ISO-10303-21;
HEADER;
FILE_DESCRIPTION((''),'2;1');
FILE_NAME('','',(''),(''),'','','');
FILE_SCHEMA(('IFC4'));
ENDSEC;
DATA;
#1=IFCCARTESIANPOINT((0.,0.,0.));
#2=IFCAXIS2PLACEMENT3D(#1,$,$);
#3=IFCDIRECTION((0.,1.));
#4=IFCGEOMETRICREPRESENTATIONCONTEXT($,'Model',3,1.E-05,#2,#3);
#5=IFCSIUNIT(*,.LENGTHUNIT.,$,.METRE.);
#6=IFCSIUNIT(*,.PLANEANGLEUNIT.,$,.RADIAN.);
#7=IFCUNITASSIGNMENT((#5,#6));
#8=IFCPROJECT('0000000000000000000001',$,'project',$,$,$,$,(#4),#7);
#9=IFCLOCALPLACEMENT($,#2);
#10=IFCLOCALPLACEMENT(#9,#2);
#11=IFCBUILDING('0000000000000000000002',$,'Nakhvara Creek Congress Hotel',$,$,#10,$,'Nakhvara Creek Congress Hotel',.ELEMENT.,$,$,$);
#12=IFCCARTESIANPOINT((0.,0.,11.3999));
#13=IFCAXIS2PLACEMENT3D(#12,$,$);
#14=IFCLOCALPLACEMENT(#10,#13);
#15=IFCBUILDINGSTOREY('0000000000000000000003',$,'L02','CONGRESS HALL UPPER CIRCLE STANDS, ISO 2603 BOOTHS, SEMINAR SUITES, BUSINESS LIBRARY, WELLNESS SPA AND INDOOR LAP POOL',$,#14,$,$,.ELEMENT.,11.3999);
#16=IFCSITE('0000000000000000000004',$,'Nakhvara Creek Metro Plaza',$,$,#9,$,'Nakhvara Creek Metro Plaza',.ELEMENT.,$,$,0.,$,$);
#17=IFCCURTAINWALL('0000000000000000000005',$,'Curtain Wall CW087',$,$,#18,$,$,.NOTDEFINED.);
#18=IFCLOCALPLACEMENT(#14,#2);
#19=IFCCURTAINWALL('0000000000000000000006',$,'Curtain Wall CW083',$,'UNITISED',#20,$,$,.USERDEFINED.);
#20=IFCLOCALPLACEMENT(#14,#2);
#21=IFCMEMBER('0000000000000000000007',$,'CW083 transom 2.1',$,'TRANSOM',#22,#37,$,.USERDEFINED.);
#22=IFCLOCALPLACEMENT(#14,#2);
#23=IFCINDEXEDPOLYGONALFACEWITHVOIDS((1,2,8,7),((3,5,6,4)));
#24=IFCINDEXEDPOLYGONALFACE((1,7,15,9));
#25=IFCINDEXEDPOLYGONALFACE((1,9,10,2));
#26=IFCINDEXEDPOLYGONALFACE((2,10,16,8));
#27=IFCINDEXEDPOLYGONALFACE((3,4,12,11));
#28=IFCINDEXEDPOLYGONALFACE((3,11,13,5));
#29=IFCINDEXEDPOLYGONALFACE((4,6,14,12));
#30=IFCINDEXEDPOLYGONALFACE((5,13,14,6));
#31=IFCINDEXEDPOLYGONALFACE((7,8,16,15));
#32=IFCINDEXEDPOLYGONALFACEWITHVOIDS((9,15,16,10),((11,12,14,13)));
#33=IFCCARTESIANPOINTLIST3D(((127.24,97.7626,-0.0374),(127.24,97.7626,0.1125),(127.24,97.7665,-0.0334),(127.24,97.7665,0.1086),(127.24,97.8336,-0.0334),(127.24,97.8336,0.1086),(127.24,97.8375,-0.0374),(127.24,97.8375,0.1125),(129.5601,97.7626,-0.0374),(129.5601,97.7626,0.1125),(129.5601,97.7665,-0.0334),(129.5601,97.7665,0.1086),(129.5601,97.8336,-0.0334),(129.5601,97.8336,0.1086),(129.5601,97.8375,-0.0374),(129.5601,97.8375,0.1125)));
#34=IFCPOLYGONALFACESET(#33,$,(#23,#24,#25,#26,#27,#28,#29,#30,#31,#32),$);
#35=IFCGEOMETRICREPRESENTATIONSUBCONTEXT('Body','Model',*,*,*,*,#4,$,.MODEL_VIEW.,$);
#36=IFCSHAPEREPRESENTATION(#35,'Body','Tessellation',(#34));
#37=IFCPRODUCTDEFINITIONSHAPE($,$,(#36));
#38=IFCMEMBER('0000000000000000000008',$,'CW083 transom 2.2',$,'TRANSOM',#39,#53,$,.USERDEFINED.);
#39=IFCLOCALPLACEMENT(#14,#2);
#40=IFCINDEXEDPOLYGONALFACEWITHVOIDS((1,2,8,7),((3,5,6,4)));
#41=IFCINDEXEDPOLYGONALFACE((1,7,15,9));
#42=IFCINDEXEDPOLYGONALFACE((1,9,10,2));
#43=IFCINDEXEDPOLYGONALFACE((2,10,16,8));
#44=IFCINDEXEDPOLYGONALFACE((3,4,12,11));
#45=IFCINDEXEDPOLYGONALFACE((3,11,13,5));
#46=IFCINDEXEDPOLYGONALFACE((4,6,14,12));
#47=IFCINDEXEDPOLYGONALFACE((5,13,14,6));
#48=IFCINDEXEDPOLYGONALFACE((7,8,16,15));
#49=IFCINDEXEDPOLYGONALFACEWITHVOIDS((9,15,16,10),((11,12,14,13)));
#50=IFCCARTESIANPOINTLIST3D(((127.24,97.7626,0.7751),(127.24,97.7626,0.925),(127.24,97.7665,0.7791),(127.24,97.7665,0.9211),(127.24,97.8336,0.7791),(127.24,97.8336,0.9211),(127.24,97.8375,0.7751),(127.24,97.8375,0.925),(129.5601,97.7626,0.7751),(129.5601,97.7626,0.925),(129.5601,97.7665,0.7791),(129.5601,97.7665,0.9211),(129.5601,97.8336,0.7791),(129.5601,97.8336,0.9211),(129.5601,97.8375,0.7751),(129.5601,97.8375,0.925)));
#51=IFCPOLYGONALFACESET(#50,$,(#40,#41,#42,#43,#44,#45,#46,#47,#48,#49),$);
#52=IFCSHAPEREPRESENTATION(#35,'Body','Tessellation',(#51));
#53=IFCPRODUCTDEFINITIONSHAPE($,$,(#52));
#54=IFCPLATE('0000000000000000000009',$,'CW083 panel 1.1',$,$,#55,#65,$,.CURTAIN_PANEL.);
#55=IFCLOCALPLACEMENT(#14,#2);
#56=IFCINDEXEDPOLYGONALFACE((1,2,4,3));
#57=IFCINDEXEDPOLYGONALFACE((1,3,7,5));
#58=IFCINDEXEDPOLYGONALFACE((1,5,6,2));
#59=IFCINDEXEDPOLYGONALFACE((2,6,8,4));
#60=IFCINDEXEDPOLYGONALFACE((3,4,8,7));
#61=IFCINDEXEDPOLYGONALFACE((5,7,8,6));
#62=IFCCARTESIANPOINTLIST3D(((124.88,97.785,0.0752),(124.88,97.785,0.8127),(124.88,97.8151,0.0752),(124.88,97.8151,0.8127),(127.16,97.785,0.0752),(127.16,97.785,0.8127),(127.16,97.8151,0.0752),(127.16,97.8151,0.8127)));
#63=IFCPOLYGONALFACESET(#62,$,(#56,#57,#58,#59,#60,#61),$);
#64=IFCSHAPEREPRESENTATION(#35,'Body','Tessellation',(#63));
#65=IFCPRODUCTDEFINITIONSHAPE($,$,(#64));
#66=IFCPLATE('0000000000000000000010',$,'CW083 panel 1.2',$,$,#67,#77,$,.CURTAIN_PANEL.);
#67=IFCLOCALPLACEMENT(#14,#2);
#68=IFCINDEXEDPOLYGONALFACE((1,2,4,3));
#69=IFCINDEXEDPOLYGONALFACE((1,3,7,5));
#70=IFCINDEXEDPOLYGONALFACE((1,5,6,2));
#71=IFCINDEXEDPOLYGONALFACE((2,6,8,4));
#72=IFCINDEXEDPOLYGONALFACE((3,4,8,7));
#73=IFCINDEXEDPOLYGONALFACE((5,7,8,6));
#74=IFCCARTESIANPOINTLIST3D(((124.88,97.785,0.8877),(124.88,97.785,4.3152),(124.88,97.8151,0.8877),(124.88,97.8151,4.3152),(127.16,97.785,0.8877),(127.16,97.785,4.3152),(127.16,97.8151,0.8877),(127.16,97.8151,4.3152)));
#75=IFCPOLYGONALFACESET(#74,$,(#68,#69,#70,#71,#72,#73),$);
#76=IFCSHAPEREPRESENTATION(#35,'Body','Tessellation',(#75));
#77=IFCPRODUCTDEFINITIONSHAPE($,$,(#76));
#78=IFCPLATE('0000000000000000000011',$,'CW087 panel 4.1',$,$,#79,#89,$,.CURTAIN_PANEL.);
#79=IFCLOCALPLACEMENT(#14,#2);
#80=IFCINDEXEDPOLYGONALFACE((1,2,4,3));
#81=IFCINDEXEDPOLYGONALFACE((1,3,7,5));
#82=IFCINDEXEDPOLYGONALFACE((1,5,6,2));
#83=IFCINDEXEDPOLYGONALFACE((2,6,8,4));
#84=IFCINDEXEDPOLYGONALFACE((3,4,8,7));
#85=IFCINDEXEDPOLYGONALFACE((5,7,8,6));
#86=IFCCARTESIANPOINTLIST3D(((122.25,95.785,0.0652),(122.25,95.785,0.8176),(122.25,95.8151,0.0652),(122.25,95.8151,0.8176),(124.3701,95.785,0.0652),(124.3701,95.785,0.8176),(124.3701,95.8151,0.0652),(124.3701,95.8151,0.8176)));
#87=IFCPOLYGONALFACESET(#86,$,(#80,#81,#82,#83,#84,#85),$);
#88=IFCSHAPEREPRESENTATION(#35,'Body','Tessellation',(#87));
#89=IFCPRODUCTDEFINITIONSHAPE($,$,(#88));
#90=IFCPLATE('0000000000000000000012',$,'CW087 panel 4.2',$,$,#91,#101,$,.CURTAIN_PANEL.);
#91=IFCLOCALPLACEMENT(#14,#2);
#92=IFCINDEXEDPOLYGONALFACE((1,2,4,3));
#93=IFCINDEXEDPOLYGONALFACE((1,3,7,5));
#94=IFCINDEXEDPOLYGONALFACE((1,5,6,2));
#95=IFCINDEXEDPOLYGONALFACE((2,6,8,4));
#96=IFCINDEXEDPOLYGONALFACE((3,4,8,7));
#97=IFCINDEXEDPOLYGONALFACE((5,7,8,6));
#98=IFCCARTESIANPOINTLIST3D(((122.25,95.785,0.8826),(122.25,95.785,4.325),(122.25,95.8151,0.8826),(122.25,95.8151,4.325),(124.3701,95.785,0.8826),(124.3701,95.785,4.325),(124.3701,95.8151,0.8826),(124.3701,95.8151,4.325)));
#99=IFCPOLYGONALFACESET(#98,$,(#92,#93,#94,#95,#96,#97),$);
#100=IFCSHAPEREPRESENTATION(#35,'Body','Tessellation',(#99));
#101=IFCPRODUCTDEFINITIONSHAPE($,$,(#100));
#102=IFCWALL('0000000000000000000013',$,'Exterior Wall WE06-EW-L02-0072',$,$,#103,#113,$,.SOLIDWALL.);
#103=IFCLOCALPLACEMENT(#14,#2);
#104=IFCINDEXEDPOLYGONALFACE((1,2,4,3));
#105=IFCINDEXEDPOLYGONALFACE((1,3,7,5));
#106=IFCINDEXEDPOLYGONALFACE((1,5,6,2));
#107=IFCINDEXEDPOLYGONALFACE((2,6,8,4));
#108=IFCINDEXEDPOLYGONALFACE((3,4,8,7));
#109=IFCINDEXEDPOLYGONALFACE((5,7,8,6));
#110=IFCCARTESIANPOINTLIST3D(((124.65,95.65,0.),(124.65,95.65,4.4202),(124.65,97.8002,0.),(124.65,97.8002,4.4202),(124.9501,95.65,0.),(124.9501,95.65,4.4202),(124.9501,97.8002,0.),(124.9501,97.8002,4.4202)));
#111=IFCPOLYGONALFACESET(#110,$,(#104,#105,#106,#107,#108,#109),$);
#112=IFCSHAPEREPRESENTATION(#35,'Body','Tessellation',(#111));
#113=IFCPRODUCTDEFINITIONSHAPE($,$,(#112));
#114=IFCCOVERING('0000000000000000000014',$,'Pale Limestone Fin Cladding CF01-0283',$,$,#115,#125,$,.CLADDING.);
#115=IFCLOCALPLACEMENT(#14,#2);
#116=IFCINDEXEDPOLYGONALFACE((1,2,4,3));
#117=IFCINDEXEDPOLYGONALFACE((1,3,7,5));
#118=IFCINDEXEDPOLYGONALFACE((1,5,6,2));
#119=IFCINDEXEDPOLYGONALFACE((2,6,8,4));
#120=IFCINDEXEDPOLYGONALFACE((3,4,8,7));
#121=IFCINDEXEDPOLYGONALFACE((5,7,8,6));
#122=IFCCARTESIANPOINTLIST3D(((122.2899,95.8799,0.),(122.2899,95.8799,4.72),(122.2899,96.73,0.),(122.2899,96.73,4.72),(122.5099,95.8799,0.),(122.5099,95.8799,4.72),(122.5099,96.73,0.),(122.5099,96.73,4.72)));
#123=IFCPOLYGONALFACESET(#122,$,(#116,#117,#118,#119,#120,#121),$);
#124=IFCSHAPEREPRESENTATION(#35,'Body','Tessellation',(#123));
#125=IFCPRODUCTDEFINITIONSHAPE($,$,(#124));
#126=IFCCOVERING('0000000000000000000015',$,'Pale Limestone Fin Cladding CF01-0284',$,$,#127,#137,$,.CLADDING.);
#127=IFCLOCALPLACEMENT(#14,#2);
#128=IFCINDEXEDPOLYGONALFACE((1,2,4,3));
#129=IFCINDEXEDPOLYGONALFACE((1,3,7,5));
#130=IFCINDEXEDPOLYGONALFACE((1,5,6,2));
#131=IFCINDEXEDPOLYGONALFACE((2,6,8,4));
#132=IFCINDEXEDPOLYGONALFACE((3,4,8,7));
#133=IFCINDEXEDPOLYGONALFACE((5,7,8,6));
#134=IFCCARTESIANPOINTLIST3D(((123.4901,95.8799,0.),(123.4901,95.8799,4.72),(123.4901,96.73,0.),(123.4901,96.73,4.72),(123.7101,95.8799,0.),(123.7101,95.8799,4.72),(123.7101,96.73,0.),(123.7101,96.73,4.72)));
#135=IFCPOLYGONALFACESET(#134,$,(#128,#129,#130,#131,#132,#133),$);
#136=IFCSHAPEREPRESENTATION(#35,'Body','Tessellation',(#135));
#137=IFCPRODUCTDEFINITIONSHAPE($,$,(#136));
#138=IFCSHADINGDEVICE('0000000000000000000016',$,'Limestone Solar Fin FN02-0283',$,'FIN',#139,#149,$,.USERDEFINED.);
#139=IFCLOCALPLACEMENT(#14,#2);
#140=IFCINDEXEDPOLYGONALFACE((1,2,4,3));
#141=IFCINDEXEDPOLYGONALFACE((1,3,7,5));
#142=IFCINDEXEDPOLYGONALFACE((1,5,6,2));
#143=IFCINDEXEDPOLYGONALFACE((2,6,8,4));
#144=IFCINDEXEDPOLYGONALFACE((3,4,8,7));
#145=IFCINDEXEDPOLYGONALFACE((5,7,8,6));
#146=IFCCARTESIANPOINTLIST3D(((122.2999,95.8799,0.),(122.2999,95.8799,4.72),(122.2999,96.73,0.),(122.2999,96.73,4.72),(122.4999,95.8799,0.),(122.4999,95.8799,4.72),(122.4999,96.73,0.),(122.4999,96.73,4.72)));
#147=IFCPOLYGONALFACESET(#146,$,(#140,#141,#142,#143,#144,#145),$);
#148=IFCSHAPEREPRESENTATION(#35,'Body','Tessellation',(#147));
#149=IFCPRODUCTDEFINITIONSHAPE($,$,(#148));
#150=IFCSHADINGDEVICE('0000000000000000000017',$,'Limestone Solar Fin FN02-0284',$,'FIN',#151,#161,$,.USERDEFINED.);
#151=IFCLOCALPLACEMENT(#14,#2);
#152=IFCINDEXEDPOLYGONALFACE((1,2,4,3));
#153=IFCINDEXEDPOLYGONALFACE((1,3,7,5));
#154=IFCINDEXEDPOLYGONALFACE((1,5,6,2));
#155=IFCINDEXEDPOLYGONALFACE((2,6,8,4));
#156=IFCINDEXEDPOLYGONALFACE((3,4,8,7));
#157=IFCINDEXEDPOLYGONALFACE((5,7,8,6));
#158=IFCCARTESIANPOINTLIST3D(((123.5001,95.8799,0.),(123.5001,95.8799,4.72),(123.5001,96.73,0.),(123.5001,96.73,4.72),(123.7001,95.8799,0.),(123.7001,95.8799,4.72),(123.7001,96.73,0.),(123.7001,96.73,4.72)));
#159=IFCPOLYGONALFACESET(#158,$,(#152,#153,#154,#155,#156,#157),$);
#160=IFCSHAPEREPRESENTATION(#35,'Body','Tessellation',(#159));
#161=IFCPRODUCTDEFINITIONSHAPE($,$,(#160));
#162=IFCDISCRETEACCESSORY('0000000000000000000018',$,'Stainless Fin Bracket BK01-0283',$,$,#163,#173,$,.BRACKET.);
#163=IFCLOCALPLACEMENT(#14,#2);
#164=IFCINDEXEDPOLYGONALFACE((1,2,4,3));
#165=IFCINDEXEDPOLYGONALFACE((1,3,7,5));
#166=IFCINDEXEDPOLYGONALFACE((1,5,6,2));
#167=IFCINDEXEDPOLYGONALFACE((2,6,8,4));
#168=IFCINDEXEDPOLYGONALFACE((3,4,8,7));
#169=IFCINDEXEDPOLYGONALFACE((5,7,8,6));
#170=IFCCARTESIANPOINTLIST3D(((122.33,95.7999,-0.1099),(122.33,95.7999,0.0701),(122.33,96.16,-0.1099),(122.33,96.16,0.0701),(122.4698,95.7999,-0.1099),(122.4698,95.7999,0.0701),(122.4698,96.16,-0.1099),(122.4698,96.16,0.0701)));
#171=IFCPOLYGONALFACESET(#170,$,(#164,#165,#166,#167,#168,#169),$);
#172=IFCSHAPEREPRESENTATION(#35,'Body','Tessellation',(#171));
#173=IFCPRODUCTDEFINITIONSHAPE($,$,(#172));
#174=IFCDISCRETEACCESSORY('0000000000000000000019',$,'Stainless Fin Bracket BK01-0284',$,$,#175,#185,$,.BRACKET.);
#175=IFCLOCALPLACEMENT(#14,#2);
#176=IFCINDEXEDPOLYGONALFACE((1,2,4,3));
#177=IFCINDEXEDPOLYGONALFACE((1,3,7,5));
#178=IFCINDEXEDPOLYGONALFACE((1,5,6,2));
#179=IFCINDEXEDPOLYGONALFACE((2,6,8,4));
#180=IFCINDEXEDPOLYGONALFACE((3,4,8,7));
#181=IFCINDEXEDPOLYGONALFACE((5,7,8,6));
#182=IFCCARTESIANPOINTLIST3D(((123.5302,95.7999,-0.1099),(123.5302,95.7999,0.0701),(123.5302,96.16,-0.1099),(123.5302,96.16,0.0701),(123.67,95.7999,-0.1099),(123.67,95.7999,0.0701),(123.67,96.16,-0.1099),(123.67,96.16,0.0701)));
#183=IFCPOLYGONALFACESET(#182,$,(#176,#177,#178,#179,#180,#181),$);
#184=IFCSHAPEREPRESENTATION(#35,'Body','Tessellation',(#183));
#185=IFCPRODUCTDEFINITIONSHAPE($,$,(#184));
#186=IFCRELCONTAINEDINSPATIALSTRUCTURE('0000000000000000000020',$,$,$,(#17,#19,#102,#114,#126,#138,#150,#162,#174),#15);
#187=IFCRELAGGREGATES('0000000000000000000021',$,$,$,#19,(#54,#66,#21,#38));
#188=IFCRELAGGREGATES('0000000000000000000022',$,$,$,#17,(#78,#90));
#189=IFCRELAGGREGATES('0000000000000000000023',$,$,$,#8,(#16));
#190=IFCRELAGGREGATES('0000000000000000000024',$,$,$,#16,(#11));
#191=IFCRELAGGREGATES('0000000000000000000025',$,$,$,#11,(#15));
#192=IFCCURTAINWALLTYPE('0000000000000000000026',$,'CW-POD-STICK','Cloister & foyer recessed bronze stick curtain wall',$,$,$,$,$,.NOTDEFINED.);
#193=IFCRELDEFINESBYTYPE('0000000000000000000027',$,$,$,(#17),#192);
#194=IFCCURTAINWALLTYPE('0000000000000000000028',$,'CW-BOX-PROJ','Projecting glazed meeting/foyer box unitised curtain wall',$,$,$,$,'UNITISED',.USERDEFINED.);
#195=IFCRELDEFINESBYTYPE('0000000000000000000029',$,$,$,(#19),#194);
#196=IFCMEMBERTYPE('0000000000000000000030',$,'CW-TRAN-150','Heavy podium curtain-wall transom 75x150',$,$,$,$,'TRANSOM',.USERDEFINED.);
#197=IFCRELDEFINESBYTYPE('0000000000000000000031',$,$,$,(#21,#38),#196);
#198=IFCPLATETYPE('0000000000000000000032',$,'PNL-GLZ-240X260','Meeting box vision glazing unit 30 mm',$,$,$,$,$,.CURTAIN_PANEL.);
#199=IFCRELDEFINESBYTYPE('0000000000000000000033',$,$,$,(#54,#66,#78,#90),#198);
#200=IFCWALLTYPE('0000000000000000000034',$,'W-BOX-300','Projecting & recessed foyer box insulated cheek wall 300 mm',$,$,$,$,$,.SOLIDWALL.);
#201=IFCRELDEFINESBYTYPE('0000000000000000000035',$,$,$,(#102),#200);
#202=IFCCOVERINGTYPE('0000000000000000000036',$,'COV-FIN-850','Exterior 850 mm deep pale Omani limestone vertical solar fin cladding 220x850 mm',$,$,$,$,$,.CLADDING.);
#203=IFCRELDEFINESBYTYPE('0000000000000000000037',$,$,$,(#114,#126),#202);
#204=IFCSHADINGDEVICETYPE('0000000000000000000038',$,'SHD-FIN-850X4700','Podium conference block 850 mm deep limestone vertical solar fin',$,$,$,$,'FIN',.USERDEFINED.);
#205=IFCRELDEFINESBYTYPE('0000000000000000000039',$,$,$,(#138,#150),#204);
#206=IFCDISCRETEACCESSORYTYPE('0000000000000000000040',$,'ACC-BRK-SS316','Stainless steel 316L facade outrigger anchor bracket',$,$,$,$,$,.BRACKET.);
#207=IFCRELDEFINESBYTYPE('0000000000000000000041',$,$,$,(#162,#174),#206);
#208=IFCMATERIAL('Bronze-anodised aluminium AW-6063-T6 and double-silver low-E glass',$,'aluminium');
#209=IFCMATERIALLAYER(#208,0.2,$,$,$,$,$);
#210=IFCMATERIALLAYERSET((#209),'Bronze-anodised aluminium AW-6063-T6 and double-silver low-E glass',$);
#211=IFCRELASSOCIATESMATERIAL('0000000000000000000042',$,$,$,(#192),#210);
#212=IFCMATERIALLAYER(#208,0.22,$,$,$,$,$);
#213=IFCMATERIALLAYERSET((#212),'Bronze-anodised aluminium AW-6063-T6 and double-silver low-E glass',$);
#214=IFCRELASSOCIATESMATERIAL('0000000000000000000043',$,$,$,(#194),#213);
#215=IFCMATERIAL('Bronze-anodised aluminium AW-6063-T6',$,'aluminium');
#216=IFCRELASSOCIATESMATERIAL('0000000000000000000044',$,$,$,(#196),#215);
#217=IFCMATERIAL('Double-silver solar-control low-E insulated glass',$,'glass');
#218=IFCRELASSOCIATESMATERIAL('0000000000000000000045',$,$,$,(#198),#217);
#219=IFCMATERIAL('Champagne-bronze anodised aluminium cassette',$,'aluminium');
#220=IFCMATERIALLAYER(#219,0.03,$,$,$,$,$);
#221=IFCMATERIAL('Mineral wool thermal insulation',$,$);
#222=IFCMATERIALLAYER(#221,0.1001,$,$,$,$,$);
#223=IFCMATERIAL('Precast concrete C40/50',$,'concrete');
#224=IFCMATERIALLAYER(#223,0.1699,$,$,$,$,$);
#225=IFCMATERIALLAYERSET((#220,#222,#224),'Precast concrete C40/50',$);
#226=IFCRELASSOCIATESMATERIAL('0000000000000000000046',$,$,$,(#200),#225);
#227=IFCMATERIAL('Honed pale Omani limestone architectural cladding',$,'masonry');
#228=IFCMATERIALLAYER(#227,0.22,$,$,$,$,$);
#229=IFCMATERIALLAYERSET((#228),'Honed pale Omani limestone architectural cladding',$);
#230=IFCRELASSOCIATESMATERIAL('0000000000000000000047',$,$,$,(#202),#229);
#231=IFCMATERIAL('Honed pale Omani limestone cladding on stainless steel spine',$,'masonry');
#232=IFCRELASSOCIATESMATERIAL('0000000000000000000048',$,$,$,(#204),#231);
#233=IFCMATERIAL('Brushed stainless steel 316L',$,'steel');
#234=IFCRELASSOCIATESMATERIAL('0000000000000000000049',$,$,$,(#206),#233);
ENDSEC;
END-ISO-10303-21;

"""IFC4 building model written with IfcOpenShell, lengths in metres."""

from ifc_helpers import new_model, si_unit, direction, frame, frame_2d, origin, origin_2d, place, context, subcontext, project, spatial, rectangle, hollow_rectangle, extrude, material, layer, layer_set, material_profile, profile_set, type_object, element, aggregate, save


model = new_model("IFC4")

# Units and contexts
model_context = context("Model", 3, precision=1e-05, world=origin(), true_north=direction((0.0, 1.0)))
body_context = subcontext(model_context, "Body", "Model", "MODEL_VIEW")
ifc_project = project(units=[si_unit("LENGTHUNIT", "METRE"), si_unit("PLANEANGLEUNIT", "RADIAN")], contexts=[model_context])

# Site, building, storey
site_placement = place(None, origin())
site = spatial("IfcSite", under=ifc_project, at=site_placement, Name="Nakhvara Creek Metro Plaza", LongName="Nakhvara Creek Metro Plaza", CompositionType="ELEMENT", RefElevation=0.0)
building_placement = place(site_placement, origin())
building = spatial("IfcBuilding", under=site, at=building_placement, Name="Nakhvara Creek Congress Hotel", LongName="Nakhvara Creek Congress Hotel", CompositionType="ELEMENT")
storey_placement = place(building_placement, frame((0.0, 0.0, 11.3999)))
storey = spatial("IfcBuildingStorey", under=building, at=storey_placement, Name="L02", Description="CONGRESS HALL UPPER CIRCLE STANDS, ISO 2603 BOOTHS, SEMINAR SUITES, BUSINESS LIBRARY, WELLNESS SPA AND INDOOR LAP POOL", CompositionType="ELEMENT", Elevation=11.3999)

# Curtain wall
ifc_material_1 = material(Name="Bronze-anodised aluminium AW-6063-T6 and double-silver low-E glass", Category="aluminium")
ifc_layer_1 = layer(ifc_material_1, 0.2)
ifc_layer_set_1 = layer_set([ifc_layer_1], Name="Bronze-anodised aluminium AW-6063-T6 and double-silver low-E glass")
curtain_wall_type_1 = type_object("IfcCurtainWallType", Name="CW-POD-STICK", Description="Cloister & foyer recessed bronze stick curtain wall", PredefinedType="NOTDEFINED", material=ifc_layer_set_1)
curtain_wall_1_placement = place(storey_placement, origin())
curtain_wall_1 = element("IfcCurtainWall", 1, at=curtain_wall_1_placement, inside=storey, type_object=curtain_wall_type_1, Name="Curtain Wall CW087", PredefinedType="NOTDEFINED")
ifc_material_2 = material(Name="Bronze-anodised aluminium AW-6063-T6", Category="aluminium")

# Curtain wall
ifc_layer_2 = layer(ifc_material_1, 0.22)
ifc_layer_set_2 = layer_set([ifc_layer_2], Name="Bronze-anodised aluminium AW-6063-T6 and double-silver low-E glass")
curtain_wall_type_2 = type_object("IfcCurtainWallType", Name="CW-BOX-PROJ", Description="Projecting glazed meeting/foyer box unitised curtain wall", ElementType="UNITISED", PredefinedType="USERDEFINED", material=ifc_layer_set_2)
curtain_wall_2_placement = place(storey_placement, origin())
curtain_wall_2 = element("IfcCurtainWall", 2, at=curtain_wall_2_placement, inside=storey, type_object=curtain_wall_type_2, Name="Curtain Wall CW083", ObjectType="UNITISED", PredefinedType="USERDEFINED")

# Members
ifc_material_profile_1 = material_profile(ifc_material_2, hollow_rectangle(XDim=0.075, YDim=0.1499, WallThickness=0.0039, at=origin_2d()), Name="ALU-TRAN 75x150x4", Category="LoadBearing")
ifc_profile_set_1 = profile_set([ifc_material_profile_1], Name="Bronze-anodised aluminium AW-6063-T6")
member_type_1 = type_object("IfcMemberType", Name="CW-TRAN-150", Description="Heavy podium curtain-wall transom 75x150", ElementType="TRANSOM", PredefinedType="USERDEFINED", material=ifc_profile_set_1)
member_1_placement = place(storey_placement, frame((127.24, 97.8, 0.0376), z_axis=(1.0, 0.0, 0.0), x_axis=(0.0, 1.0, 0.0)))
member_1 = element("IfcMember", 3, at=member_1_placement, type_object=member_type_1, Name="CW083 transom 2.1", ObjectType="TRANSOM", PredefinedType="USERDEFINED", context=body_context, shape_type="SweptSolid", body=[
    extrude(hollow_rectangle(XDim=0.075, YDim=0.1499, WallThickness=0.0039, at=origin_2d()), origin(), (0.0, 0.0, 1.0), 2.3201),
])
member_2_placement = place(storey_placement, frame((127.24, 97.8, 0.8501), z_axis=(1.0, 0.0, 0.0), x_axis=(0.0, 1.0, 0.0)))
member_2 = element("IfcMember", 4, at=member_2_placement, type_object=member_type_1, Name="CW083 transom 2.2", ObjectType="TRANSOM", PredefinedType="USERDEFINED", context=body_context, shape_type="SweptSolid", body=[
    extrude(hollow_rectangle(XDim=0.075, YDim=0.1499, WallThickness=0.0039, at=origin_2d()), origin(), (0.0, 0.0, 1.0), 2.3201),
])

# Plates
ifc_material_3 = material(Name="Double-silver solar-control low-E insulated glass", Category="glass")
plate_type = type_object("IfcPlateType", Name="PNL-GLZ-240X260", Description="Meeting box vision glazing unit 30 mm", PredefinedType="CURTAIN_PANEL", material=ifc_material_3)
plate_1_placement = place(storey_placement, frame((126.02, 97.8, 0.0752), z_axis=(0.0, 0.0, 1.0), x_axis=(1.0, 0.0, 0.0)))
plate_1 = element("IfcPlate", 5, at=plate_1_placement, type_object=plate_type, Name="CW083 panel 1.1", PredefinedType="CURTAIN_PANEL", context=body_context, shape_type="SweptSolid", body=[
    extrude(rectangle(XDim=2.28, YDim=0.03, at=origin_2d()), origin(), (0.0, 0.0, 1.0), 0.7375),
])
plate_2_placement = place(storey_placement, frame((126.02, 97.8, 0.8877), z_axis=(0.0, 0.0, 1.0), x_axis=(1.0, 0.0, 0.0)))
plate_2 = element("IfcPlate", 6, at=plate_2_placement, type_object=plate_type, Name="CW083 panel 1.2", PredefinedType="CURTAIN_PANEL", context=body_context, shape_type="SweptSolid", body=[
    extrude(rectangle(XDim=2.28, YDim=0.03, at=origin_2d()), origin(), (0.0, 0.0, 1.0), 3.4275),
])
aggregate(curtain_wall_2, [plate_1, plate_2, member_1, member_2])
plate_3_placement = place(storey_placement, frame((123.3101, 95.8, 0.0652), z_axis=(0.0, 0.0, 1.0), x_axis=(1.0, 0.0, 0.0)))
plate_3 = element("IfcPlate", 7, at=plate_3_placement, type_object=plate_type, Name="CW087 panel 4.1", PredefinedType="CURTAIN_PANEL", context=body_context, shape_type="SweptSolid", body=[
    extrude(rectangle(XDim=2.1201, YDim=0.03, at=origin_2d()), origin(), (0.0, 0.0, 1.0), 0.7524),
])
plate_4_placement = place(storey_placement, frame((123.3101, 95.8, 0.8826), z_axis=(0.0, 0.0, 1.0), x_axis=(1.0, 0.0, 0.0)))
plate_4 = element("IfcPlate", 8, at=plate_4_placement, type_object=plate_type, Name="CW087 panel 4.2", PredefinedType="CURTAIN_PANEL", context=body_context, shape_type="SweptSolid", body=[
    extrude(rectangle(XDim=2.1201, YDim=0.03, at=origin_2d()), origin(), (0.0, 0.0, 1.0), 3.4424),
])
aggregate(curtain_wall_1, [plate_3, plate_4])

# Wall
ifc_material_4 = material(Name="Champagne-bronze anodised aluminium cassette", Category="aluminium")
ifc_layer_3 = layer(ifc_material_4, 0.03)
ifc_material_5 = material(Name="Mineral wool thermal insulation")
ifc_layer_4 = layer(ifc_material_5, 0.1001)
ifc_material_6 = material(Name="Precast concrete C40/50", Category="concrete")
ifc_layer_5 = layer(ifc_material_6, 0.1699)
ifc_layer_set_3 = layer_set([ifc_layer_3, ifc_layer_4, ifc_layer_5], Name="Precast concrete C40/50")
wall_type = type_object("IfcWallType", Name="W-BOX-300", Description="Projecting & recessed foyer box insulated cheek wall 300 mm", PredefinedType="SOLIDWALL", material=ifc_layer_set_3)
wall_placement = place(storey_placement, frame((124.8, 95.6499, 0.0), z_axis=(0.0, 0.0, 1.0), x_axis=(0.0, 1.0, 0.0)))
element("IfcWall", 9, at=wall_placement, inside=storey, type_object=wall_type, Name="Exterior Wall WE06-EW-L02-0072", PredefinedType="SOLIDWALL", context=body_context, shape_type="SweptSolid", body=[
    extrude(rectangle(XDim=2.1501, YDim=0.3, at=frame_2d((1.0752, 0.0))), origin(), (0.0, 0.0, 1.0), 4.4202),
])

# Coverings
ifc_material_7 = material(Name="Honed pale Omani limestone architectural cladding", Category="masonry")
ifc_layer_6 = layer(ifc_material_7, 0.22)
ifc_layer_set_4 = layer_set([ifc_layer_6], Name="Honed pale Omani limestone architectural cladding")
covering_type = type_object("IfcCoveringType", Name="COV-FIN-850", Description="Exterior 850 mm deep pale Omani limestone vertical solar fin cladding 220x850 mm", PredefinedType="CLADDING", material=ifc_layer_set_4)
for number, where, z_axis, x_axis, name in (
    (10, (122.3999, 96.3049, 0.0), (0.0, 0.0, 1.0), (1.0, 0.0, 0.0), "Pale Limestone Fin Cladding CF01-0283"),
    (11, (123.6001, 96.3049, 0.0), (0.0, 0.0, 1.0), (1.0, 0.0, 0.0), "Pale Limestone Fin Cladding CF01-0284"),
):
    element("IfcCovering", number, at=place(storey_placement, frame(where, z_axis=z_axis, x_axis=x_axis)), inside=storey, type_object=covering_type, Name=name, PredefinedType="CLADDING", context=body_context, shape_type="SweptSolid", body=[
        extrude(rectangle(XDim=0.22, YDim=0.8501, at=origin_2d()), origin(), (0.0, 0.0, 1.0), 4.72),
    ])

# Shading devices
ifc_material_8 = material(Name="Honed pale Omani limestone cladding on stainless steel spine", Category="masonry")
shading_device_type = type_object("IfcShadingDeviceType", Name="SHD-FIN-850X4700", Description="Podium conference block 850 mm deep limestone vertical solar fin", ElementType="FIN", PredefinedType="USERDEFINED", material=ifc_material_8)
for number, where, z_axis, x_axis, name in (
    (12, (122.3999, 96.3049, 0.0), (0.0, 0.0, 1.0), (1.0, 0.0, 0.0), "Limestone Solar Fin FN02-0283"),
    (13, (123.6001, 96.3049, 0.0), (0.0, 0.0, 1.0), (1.0, 0.0, 0.0), "Limestone Solar Fin FN02-0284"),
):
    element("IfcShadingDevice", number, at=place(storey_placement, frame(where, z_axis=z_axis, x_axis=x_axis)), inside=storey, type_object=shading_device_type, Name=name, ObjectType="FIN", PredefinedType="USERDEFINED", context=body_context, shape_type="SweptSolid", body=[
        extrude(rectangle(XDim=0.2, YDim=0.8501, at=origin_2d()), origin(), (0.0, 0.0, 1.0), 4.72),
    ])

# Discrete accessories
ifc_material_9 = material(Name="Brushed stainless steel 316L", Category="steel")
discrete_accessory_type = type_object("IfcDiscreteAccessoryType", Name="ACC-BRK-SS316", Description="Stainless steel 316L facade outrigger anchor bracket", PredefinedType="BRACKET", material=ifc_material_9)
for number, where, z_axis, x_axis, name in (
    (14, (122.3999, 95.98, -0.1099), (0.0, 0.0, 1.0), (1.0, 0.0, 0.0), "Stainless Fin Bracket BK01-0283"),
    (15, (123.6001, 95.98, -0.1099), (0.0, 0.0, 1.0), (1.0, 0.0, 0.0), "Stainless Fin Bracket BK01-0284"),
):
    element("IfcDiscreteAccessory", number, at=place(storey_placement, frame(where, z_axis=z_axis, x_axis=x_axis)), inside=storey, type_object=discrete_accessory_type, Name=name, PredefinedType="BRACKET", context=body_context, shape_type="SweptSolid", body=[
        extrude(rectangle(XDim=0.1399, YDim=0.3601, at=origin_2d()), origin(), (0.0, 0.0, 1.0), 0.1799),
    ])

save(model, "model.ifc")
